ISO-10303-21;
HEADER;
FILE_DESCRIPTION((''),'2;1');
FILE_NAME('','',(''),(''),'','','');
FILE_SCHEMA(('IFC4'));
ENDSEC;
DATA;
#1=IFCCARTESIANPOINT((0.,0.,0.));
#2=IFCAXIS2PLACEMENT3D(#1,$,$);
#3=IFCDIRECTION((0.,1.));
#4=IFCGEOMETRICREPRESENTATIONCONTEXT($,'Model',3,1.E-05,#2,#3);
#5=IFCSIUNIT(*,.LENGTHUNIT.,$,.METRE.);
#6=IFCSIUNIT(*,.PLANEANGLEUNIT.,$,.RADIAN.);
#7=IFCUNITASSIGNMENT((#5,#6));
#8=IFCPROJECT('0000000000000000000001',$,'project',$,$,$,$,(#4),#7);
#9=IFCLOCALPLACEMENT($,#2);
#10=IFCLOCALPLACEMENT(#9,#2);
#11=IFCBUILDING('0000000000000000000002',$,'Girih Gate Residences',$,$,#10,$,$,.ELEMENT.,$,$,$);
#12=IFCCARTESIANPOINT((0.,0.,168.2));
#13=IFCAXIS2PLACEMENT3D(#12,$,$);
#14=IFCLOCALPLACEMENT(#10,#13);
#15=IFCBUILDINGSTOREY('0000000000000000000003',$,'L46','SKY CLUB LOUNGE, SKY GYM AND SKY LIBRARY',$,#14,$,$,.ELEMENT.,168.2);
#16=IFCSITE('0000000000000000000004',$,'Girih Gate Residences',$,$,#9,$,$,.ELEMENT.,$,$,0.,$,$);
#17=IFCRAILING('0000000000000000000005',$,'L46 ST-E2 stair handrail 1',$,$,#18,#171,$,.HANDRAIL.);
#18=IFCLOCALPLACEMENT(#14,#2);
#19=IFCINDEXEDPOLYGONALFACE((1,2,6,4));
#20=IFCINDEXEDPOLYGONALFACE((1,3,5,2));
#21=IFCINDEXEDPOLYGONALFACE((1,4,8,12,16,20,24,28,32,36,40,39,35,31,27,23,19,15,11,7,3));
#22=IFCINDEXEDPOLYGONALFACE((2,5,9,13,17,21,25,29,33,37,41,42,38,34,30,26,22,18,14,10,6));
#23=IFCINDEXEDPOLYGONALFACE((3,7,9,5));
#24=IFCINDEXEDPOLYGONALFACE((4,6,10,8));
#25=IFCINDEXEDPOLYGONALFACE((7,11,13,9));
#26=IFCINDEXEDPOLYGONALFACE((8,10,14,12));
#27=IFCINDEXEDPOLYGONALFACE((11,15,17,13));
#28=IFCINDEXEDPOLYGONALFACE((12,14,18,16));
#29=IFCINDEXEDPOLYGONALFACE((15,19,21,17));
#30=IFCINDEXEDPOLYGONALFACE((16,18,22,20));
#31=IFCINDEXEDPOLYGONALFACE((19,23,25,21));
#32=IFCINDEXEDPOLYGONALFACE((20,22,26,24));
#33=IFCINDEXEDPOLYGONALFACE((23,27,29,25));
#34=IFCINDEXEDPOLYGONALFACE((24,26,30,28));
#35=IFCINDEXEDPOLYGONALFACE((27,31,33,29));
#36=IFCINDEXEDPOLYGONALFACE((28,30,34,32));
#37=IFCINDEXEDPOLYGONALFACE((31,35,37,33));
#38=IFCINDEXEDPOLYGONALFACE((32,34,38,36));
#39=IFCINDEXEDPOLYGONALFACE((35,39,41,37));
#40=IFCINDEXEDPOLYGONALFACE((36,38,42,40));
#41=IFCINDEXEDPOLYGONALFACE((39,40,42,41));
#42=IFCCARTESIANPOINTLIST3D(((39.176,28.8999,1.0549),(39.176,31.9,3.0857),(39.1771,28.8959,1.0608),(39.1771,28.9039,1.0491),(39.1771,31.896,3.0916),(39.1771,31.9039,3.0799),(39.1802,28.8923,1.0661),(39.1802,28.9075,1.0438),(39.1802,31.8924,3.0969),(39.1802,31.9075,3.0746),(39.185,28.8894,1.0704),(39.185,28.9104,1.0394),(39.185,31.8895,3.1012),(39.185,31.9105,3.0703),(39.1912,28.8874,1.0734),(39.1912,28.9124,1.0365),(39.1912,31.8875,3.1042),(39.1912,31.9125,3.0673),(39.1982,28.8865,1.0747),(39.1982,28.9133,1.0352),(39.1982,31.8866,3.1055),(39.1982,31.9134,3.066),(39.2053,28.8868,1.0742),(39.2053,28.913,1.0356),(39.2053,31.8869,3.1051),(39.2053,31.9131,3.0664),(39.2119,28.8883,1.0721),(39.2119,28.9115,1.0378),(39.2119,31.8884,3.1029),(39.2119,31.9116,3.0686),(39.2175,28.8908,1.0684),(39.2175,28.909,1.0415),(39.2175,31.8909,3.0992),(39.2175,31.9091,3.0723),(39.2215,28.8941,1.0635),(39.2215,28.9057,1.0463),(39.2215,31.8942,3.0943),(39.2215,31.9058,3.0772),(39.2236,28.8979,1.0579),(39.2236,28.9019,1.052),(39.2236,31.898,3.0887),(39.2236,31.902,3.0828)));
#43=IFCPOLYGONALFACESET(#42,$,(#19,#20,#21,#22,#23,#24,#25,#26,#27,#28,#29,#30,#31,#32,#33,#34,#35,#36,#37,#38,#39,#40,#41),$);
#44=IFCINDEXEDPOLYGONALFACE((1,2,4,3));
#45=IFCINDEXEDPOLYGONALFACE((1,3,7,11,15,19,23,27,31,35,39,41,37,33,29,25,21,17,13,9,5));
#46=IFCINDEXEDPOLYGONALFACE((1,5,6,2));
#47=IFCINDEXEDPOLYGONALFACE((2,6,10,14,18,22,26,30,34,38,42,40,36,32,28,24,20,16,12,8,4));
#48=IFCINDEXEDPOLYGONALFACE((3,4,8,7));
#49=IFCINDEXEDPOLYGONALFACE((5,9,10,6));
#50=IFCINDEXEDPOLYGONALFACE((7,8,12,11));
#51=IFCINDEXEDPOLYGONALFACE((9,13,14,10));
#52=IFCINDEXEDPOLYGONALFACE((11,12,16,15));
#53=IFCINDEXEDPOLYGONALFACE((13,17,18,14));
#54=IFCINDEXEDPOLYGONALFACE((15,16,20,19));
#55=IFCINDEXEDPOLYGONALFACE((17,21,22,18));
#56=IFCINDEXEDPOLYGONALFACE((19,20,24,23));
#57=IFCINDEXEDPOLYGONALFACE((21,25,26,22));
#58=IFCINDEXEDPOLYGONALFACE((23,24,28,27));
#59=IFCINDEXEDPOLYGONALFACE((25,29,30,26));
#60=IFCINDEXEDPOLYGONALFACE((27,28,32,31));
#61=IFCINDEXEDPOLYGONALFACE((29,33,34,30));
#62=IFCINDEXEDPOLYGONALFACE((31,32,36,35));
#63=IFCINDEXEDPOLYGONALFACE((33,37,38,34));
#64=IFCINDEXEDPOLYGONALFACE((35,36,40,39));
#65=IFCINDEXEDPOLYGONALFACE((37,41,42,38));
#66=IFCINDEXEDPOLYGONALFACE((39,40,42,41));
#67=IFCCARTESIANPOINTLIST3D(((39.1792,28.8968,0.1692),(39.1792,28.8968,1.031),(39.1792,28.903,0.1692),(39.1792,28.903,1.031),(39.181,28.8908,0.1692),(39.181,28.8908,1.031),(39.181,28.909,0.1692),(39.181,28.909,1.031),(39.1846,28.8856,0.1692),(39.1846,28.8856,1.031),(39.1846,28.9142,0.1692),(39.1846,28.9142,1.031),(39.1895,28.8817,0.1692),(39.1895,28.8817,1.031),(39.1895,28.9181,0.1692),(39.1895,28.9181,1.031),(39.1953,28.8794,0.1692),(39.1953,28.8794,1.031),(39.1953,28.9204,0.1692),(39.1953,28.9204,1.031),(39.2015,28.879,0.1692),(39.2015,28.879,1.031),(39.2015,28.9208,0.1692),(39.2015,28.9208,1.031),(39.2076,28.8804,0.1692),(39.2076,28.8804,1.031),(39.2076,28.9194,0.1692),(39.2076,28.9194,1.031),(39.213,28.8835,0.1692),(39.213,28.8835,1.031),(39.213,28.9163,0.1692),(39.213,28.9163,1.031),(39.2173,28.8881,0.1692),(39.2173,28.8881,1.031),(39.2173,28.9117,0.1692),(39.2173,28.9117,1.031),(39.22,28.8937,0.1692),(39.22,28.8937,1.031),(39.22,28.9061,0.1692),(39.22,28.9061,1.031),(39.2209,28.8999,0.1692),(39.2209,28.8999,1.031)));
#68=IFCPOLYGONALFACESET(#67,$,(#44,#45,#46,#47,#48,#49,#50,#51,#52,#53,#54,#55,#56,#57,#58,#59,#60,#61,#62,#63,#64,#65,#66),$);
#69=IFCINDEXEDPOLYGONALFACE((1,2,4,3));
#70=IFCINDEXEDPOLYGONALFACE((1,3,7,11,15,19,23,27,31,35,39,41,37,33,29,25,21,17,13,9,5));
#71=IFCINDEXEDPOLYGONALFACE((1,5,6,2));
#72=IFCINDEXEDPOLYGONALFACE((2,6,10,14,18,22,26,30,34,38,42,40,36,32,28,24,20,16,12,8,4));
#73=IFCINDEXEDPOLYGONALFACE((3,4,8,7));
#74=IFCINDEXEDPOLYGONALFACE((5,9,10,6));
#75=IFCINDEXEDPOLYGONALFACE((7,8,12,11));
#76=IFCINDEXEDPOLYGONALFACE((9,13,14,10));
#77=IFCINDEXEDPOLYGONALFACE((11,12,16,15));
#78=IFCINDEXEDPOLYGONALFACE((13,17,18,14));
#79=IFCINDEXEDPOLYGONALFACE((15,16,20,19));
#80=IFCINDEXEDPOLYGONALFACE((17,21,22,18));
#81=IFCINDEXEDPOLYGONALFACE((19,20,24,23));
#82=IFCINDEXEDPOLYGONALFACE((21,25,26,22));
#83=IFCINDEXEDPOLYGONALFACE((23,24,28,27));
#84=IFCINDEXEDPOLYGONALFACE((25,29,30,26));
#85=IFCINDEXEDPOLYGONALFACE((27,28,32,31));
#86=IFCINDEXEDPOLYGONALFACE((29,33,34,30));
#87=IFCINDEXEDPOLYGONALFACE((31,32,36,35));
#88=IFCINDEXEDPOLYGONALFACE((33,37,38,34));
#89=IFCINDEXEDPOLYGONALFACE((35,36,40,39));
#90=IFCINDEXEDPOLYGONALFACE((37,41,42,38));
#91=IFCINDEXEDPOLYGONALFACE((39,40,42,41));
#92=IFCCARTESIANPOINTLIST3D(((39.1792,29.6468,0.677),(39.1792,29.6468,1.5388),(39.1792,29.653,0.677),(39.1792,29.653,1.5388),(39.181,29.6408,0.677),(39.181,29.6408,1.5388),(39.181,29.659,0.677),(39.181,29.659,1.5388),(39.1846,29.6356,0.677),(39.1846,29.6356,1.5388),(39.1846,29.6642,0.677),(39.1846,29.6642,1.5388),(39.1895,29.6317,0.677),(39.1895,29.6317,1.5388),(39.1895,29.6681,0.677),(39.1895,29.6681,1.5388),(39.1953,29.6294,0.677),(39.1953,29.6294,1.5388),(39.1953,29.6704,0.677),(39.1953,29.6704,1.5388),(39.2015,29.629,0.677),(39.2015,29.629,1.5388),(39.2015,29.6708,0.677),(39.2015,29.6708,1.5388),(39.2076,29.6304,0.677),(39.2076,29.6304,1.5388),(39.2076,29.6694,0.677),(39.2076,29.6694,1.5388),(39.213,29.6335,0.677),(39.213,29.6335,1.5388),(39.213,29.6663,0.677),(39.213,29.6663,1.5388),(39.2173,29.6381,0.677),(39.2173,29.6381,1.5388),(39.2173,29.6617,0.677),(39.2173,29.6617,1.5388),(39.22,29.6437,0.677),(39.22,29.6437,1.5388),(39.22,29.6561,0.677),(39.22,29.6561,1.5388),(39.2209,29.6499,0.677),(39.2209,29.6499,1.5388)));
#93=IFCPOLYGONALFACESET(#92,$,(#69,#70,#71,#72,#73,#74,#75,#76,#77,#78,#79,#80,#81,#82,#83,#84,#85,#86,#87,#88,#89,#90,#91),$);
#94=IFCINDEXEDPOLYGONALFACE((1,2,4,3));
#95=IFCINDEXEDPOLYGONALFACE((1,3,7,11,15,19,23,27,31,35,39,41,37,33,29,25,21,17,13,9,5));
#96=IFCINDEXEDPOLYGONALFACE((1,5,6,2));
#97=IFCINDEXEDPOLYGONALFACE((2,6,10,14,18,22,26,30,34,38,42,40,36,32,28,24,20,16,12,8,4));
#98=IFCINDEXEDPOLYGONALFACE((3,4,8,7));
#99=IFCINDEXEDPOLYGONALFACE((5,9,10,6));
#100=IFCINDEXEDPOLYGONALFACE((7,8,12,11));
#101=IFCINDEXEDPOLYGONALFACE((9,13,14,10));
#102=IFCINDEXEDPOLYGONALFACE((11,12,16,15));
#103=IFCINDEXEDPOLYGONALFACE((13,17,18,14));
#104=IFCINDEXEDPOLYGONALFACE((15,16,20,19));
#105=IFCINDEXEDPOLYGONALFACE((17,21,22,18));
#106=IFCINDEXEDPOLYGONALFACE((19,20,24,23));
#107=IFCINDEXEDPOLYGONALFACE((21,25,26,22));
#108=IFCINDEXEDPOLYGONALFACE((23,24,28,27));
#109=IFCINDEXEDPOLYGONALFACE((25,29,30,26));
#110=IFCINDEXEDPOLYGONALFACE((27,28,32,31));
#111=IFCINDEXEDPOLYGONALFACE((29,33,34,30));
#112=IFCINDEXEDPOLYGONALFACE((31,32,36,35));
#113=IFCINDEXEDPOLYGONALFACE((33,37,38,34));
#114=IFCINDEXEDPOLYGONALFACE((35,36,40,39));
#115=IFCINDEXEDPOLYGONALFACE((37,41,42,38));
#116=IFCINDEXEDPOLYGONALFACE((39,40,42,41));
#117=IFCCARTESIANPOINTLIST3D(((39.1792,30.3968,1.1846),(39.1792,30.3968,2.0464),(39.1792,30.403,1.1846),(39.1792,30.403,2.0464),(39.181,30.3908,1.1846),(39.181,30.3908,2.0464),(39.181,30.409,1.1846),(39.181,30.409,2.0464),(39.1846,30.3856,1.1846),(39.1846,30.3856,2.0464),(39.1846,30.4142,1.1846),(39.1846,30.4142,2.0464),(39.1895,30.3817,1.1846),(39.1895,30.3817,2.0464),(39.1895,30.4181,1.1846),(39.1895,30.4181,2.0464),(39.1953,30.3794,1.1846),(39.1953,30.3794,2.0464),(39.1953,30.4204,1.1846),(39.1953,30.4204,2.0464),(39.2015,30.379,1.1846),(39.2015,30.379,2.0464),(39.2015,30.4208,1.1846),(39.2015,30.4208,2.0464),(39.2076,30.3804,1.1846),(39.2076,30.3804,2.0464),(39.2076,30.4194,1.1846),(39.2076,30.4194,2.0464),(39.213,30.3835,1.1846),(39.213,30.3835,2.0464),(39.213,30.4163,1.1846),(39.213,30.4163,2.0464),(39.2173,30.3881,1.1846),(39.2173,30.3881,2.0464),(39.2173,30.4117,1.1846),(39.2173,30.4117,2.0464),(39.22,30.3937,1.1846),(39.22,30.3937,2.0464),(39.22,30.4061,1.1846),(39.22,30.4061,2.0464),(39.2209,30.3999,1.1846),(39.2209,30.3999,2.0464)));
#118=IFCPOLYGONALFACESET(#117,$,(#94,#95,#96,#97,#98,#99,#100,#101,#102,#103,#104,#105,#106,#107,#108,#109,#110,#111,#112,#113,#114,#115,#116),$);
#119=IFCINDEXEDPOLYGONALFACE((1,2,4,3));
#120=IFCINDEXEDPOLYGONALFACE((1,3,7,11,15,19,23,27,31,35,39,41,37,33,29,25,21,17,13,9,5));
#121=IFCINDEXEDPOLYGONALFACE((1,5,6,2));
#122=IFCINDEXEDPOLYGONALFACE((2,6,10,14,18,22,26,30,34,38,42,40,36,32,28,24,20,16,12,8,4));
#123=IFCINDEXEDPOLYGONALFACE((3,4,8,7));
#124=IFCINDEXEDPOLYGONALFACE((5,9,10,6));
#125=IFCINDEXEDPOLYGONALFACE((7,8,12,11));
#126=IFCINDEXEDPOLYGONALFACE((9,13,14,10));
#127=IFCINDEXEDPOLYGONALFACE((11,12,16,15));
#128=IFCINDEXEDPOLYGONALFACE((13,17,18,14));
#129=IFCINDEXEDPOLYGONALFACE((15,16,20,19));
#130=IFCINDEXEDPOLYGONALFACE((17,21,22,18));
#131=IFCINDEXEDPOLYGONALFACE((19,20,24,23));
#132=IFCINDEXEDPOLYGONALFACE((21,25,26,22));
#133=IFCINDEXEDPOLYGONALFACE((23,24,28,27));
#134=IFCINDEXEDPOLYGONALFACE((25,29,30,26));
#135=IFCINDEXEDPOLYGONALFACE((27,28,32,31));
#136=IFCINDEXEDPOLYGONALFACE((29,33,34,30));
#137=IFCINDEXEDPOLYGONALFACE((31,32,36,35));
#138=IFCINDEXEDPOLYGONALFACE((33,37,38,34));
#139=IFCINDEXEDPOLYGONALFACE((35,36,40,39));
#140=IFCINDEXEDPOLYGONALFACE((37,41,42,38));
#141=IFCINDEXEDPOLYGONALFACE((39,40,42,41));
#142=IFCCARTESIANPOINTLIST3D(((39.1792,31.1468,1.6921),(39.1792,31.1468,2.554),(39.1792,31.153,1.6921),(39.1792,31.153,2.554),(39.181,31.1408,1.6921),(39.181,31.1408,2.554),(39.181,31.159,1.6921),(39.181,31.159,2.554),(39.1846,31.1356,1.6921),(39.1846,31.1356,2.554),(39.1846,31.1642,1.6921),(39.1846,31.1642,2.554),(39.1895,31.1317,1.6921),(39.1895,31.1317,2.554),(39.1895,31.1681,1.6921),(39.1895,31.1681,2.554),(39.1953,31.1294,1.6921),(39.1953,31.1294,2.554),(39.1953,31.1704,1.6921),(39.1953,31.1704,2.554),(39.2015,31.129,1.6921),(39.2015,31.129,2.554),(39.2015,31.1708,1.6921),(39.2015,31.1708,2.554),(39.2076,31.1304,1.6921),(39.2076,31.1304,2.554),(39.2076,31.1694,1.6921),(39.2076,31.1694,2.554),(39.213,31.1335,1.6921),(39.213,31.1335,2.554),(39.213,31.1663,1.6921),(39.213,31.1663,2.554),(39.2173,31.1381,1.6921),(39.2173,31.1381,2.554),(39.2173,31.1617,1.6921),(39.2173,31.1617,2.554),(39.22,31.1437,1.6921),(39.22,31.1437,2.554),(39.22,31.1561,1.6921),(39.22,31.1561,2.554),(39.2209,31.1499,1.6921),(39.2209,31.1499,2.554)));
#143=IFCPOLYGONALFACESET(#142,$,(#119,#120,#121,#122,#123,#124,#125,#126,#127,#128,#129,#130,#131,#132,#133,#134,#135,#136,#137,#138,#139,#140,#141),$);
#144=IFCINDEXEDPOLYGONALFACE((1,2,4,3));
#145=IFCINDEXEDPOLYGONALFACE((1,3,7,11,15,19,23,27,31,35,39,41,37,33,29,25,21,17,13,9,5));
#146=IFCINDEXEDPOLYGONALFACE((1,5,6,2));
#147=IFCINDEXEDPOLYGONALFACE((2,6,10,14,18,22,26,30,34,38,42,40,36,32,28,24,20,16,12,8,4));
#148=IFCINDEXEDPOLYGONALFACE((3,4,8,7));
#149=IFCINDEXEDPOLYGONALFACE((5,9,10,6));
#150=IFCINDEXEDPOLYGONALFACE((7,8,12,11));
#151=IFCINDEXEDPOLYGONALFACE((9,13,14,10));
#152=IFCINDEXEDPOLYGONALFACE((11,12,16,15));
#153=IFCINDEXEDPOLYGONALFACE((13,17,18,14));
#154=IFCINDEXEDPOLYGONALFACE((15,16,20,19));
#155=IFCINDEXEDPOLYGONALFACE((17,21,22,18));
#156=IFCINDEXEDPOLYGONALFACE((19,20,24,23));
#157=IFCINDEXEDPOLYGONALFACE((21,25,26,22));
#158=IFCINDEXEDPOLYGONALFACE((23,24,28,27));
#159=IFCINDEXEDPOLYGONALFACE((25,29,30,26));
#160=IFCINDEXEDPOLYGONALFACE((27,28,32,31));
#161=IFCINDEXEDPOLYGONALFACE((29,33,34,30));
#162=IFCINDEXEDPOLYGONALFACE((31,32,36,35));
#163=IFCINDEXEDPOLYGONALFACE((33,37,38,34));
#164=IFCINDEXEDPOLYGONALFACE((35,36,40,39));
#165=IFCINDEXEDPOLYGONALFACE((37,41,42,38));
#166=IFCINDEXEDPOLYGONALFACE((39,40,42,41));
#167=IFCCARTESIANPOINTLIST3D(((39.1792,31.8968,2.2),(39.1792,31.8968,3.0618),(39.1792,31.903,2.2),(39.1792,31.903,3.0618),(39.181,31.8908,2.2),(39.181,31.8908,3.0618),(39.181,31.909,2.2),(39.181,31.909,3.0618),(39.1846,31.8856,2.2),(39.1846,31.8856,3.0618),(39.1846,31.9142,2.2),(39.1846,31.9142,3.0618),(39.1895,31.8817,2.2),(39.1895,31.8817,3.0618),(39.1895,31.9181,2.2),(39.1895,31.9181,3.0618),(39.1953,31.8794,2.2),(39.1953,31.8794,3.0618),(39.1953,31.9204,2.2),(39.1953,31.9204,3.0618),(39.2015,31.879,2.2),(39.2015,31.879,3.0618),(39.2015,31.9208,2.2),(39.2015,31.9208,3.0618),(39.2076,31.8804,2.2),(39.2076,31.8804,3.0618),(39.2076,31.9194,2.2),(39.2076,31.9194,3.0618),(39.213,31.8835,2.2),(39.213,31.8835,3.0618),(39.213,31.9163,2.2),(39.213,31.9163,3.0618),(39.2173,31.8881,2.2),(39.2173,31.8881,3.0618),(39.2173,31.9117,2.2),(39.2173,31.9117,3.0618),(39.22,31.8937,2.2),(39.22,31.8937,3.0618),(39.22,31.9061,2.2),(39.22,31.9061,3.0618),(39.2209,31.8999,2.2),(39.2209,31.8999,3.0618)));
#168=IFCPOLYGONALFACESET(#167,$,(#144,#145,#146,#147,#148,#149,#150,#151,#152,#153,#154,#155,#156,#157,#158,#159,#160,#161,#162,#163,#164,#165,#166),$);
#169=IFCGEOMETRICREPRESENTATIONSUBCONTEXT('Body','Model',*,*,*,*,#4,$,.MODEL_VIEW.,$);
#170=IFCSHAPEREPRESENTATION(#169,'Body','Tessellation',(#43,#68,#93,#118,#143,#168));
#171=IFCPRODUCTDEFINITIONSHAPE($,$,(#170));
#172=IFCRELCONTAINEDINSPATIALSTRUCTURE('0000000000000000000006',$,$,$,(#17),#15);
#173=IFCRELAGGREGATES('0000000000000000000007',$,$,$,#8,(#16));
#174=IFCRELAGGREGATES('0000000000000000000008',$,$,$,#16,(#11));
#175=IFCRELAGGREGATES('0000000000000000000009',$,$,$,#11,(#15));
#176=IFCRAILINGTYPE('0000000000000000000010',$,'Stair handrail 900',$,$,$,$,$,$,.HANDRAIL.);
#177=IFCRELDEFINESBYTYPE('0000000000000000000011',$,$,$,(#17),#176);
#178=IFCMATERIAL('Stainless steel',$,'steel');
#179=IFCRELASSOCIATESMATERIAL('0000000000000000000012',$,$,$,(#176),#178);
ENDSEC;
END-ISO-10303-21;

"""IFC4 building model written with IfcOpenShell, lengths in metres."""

from ifc_helpers import new_model, si_unit, direction, frame, origin, origin_2d, place, context, subcontext, project, spatial, circle, extrude, material, type_object, element, save


model = new_model("IFC4")

# Units and contexts
model_context = context("Model", 3, precision=1e-05, world=origin(), true_north=direction((0.0, 1.0)))
body_context = subcontext(model_context, "Body", "Model", "MODEL_VIEW")
ifc_project = project(units=[si_unit("LENGTHUNIT", "METRE"), si_unit("PLANEANGLEUNIT", "RADIAN")], contexts=[model_context])

# Site, building, storey
site_placement = place(None, origin())
site = spatial("IfcSite", under=ifc_project, at=site_placement, Name="Girih Gate Residences", CompositionType="ELEMENT", RefElevation=0.0)
building_placement = place(site_placement, origin())
building = spatial("IfcBuilding", under=site, at=building_placement, Name="Girih Gate Residences", CompositionType="ELEMENT")
storey_placement = place(building_placement, frame((0.0, 0.0, 168.2)))
storey = spatial("IfcBuildingStorey", under=building, at=storey_placement, Name="L46", Description="SKY CLUB LOUNGE, SKY GYM AND SKY LIBRARY", CompositionType="ELEMENT", Elevation=168.2)

# Shared definitions
ifc_material_1 = material(Name="Stainless steel", Category="steel")

# Railing
railing_type_1 = type_object("IfcRailingType", Name="Stair handrail 900", PredefinedType="HANDRAIL", material=ifc_material_1)
railing_1_placement = place(storey_placement, frame((39.2, 28.8999, 0.1692)))
element("IfcRailing", 1, at=railing_1_placement, inside=storey, type_object=railing_type_1, Name="L46 ST-E2 stair handrail 1", PredefinedType="HANDRAIL", context=body_context, shape_type="SweptSolid", body=[
    extrude(circle(Radius=0.0239, at=origin_2d()), frame((0.0, 0.0, 0.8857), z_axis=(0.0, 0.82811, 0.560565), x_axis=(-1.0, 0.0, 0.0)), (0.0, 0.0, 1.0), 3.6228),
    extrude(circle(Radius=0.021, at=origin_2d()), origin(), (0.0, 0.0, 1.0), 0.8618),
    extrude(circle(Radius=0.021, at=origin_2d()), frame((0.0, 0.75, 0.5078)), (0.0, 0.0, 1.0), 0.8618),
    extrude(circle(Radius=0.021, at=origin_2d()), frame((0.0, 1.5, 1.0154)), (0.0, 0.0, 1.0), 0.8618),
    extrude(circle(Radius=0.021, at=origin_2d()), frame((0.0, 2.25, 1.5229)), (0.0, 0.0, 1.0), 0.8618),
    extrude(circle(Radius=0.021, at=origin_2d()), frame((0.0, 3.0, 2.0308)), (0.0, 0.0, 1.0), 0.8618),
])

save(model, "model.ifc")
